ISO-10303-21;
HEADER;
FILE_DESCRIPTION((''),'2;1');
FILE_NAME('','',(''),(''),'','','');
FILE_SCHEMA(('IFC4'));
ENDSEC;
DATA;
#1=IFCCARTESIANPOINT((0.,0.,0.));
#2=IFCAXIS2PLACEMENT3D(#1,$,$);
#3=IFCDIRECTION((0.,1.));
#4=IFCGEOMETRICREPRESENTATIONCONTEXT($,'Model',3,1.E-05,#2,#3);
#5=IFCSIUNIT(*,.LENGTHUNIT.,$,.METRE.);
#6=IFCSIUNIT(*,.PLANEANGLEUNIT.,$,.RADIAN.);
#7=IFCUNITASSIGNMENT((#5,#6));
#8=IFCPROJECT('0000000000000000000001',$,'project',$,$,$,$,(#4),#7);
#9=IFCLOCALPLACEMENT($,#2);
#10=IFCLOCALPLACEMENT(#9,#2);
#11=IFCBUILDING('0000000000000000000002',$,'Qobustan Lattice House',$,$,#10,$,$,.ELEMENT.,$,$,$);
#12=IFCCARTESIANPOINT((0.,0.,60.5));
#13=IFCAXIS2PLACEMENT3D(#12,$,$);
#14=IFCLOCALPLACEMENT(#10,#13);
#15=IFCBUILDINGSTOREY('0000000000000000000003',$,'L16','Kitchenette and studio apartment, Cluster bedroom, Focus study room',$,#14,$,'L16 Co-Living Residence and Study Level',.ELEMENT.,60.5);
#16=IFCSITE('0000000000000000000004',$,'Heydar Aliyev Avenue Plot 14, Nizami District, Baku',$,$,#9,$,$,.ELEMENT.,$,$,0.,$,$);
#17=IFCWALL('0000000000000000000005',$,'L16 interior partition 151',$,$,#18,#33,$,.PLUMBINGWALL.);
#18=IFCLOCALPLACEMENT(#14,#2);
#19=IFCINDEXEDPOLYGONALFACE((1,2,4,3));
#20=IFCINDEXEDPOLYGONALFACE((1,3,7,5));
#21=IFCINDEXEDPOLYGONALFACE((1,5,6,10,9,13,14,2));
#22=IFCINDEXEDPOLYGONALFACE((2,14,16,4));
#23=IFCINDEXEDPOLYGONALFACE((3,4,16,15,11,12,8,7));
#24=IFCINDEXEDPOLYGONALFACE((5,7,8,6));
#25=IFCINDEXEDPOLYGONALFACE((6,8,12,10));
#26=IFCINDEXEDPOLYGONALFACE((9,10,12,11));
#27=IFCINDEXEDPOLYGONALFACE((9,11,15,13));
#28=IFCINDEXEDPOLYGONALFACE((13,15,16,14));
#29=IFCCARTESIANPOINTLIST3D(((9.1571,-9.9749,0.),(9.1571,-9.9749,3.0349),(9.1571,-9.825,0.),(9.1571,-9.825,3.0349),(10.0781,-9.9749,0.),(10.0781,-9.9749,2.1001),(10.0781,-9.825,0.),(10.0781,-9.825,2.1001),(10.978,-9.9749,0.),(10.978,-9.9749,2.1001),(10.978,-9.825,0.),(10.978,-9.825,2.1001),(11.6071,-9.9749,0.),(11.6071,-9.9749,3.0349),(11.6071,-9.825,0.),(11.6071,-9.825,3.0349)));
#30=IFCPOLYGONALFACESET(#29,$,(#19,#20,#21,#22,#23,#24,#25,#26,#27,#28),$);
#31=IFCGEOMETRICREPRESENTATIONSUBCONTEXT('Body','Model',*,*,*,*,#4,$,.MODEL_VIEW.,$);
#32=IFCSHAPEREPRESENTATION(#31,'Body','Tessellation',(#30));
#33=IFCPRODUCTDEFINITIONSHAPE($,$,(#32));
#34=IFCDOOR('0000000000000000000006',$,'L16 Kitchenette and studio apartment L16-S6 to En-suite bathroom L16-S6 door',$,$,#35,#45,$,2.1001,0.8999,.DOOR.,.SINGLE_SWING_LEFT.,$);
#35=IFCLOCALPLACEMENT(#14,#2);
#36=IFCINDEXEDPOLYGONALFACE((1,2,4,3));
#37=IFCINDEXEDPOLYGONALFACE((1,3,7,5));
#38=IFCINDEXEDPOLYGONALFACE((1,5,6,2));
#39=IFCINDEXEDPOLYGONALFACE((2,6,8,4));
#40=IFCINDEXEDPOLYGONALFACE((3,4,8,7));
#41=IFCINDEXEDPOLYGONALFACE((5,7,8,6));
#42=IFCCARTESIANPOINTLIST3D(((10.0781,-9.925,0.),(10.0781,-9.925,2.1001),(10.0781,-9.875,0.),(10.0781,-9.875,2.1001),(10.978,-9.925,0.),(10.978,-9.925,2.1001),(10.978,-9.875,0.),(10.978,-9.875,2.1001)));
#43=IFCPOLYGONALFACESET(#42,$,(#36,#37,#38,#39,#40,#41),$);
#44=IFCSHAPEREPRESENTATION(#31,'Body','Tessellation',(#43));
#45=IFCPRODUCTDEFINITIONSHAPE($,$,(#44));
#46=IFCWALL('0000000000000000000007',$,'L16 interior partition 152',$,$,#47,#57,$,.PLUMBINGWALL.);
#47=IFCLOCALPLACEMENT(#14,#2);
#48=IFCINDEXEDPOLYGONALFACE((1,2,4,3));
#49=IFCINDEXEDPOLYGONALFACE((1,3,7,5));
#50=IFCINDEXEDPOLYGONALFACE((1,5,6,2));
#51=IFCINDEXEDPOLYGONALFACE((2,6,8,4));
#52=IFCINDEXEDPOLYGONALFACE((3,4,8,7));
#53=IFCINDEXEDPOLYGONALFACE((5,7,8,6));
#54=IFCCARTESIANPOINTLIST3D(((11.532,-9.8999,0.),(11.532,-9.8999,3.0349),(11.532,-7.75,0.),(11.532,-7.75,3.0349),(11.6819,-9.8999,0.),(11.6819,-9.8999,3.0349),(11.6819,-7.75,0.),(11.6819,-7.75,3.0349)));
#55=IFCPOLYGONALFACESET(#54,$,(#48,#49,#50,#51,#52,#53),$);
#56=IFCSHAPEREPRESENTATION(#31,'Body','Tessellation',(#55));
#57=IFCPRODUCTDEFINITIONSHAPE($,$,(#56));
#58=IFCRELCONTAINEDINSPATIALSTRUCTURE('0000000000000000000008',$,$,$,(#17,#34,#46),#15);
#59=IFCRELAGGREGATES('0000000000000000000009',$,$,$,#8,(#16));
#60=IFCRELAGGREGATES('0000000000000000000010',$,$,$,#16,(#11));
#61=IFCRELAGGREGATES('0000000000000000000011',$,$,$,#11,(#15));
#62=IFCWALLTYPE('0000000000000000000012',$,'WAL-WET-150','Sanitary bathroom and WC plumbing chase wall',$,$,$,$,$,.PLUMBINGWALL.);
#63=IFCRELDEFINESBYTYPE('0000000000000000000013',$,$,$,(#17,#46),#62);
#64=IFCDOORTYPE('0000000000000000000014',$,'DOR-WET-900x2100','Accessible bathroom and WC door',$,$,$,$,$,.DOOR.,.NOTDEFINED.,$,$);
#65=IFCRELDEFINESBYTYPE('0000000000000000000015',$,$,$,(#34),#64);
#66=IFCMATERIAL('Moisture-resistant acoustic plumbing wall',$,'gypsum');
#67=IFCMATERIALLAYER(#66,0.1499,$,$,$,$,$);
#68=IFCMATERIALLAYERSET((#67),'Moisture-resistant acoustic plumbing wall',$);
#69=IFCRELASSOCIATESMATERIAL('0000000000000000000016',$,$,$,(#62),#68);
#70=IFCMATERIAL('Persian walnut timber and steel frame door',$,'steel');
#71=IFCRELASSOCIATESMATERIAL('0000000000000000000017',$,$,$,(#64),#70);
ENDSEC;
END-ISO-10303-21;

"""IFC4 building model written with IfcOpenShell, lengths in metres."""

from ifc_helpers import new_model, si_unit, direction, frame, frame_2d, origin, place, context, subcontext, project, spatial, rectangle, extrude, material, layer, layer_set, type_object, element, fill, save


model = new_model("IFC4")

# Units and contexts
model_context = context("Model", 3, precision=1e-05, world=origin(), true_north=direction((0.0, 1.0)))
body_context = subcontext(model_context, "Body", "Model", "MODEL_VIEW")
ifc_project = project(units=[si_unit("LENGTHUNIT", "METRE"), si_unit("PLANEANGLEUNIT", "RADIAN")], contexts=[model_context])

# Site, building, storey
site_placement = place(None, origin())
site = spatial("IfcSite", under=ifc_project, at=site_placement, Name="Heydar Aliyev Avenue Plot 14, Nizami District, Baku", CompositionType="ELEMENT", RefElevation=0.0)
building_placement = place(site_placement, origin())
building = spatial("IfcBuilding", under=site, at=building_placement, Name="Qobustan Lattice House", CompositionType="ELEMENT")
storey_placement = place(building_placement, frame((0.0, 0.0, 60.5)))
storey = spatial("IfcBuildingStorey", under=building, at=storey_placement, Name="L16", Description="Kitchenette and studio apartment, Cluster bedroom, Focus study room", LongName="L16 Co-Living Residence and Study Level", CompositionType="ELEMENT", Elevation=60.5)

# Shared definitions
ifc_material_1 = material(Name="Moisture-resistant acoustic plumbing wall", Category="gypsum")
ifc_layer_1 = layer(ifc_material_1, 0.1499)
ifc_layer_set_1 = layer_set([ifc_layer_1], Name="Moisture-resistant acoustic plumbing wall")
wall_type_1 = type_object("IfcWallType", Name="WAL-WET-150", Description="Sanitary bathroom and WC plumbing chase wall", PredefinedType="PLUMBINGWALL", material=ifc_layer_set_1)

# Shared definitions
ifc_material_2 = material(Name="Persian walnut timber and steel frame door", Category="steel")
door_type_1 = type_object("IfcDoorType", Name="DOR-WET-900x2100", Description="Accessible bathroom and WC door", OperationType="NOTDEFINED", PredefinedType="DOOR", material=ifc_material_2)

# Wall, opening, door
wall_1_placement = place(storey_placement, frame((9.157, -9.8999, 0.0), z_axis=(0.0, 0.0, 1.0), x_axis=(1.0, 0.0, 0.0)))
wall_1 = element("IfcWall", 1, at=wall_1_placement, inside=storey, type_object=wall_type_1, Name="L16 interior partition 151", PredefinedType="PLUMBINGWALL", context=body_context, shape_type="SweptSolid", body=[
    extrude(rectangle(XDim=2.45, YDim=0.1499, at=frame_2d((1.2251, 0.0))), origin(), (0.0, 0.0, 1.0), 3.0349),
])
opening_1_placement = place(wall_1_placement, frame((0.9211, 0.0, 0.0)))
opening_1 = element("IfcOpeningElement", 2, at=opening_1_placement, cuts=wall_1, PredefinedType="OPENING", context=body_context, shape_type="SweptSolid", body=[
    extrude(rectangle(XDim=0.8999, YDim=2.1001, at=frame_2d((0.45, 1.05))), frame((0.0, 0.085, 0.0), z_axis=(0.0, -1.0, 0.0), x_axis=(1.0, 0.0, 0.0)), (0.0, 0.0, 1.0), 0.1699),
])
door_1_placement = place(opening_1_placement, origin())
door_1 = element("IfcDoor", 3, at=door_1_placement, inside=storey, type_object=door_type_1, Name="L16 Kitchenette and studio apartment L16-S6 to En-suite bathroom L16-S6 door", OperationType="SINGLE_SWING_LEFT", OverallHeight=2.1001, OverallWidth=0.8999, PredefinedType="DOOR", context=body_context, shape_type="SweptSolid", body=[
    extrude(rectangle(XDim=0.8999, YDim=2.1001, at=frame_2d((0.45, 1.05))), frame((0.0, 0.0249, 0.0), z_axis=(0.0, -1.0, 0.0), x_axis=(1.0, 0.0, 0.0)), (0.0, 0.0, 1.0), 0.05),
])
fill(opening_1, door_1)

# Wall
wall_2_placement = place(storey_placement, frame((11.6069, -9.8999, 0.0), z_axis=(0.0, 0.0, 1.0), x_axis=(0.0, 1.0, 0.0)))
element("IfcWall", 4, at=wall_2_placement, inside=storey, type_object=wall_type_1, Name="L16 interior partition 152", PredefinedType="PLUMBINGWALL", context=body_context, shape_type="SweptSolid", body=[
    extrude(rectangle(XDim=2.1499, YDim=0.1499, at=frame_2d((1.075, 0.0))), origin(), (0.0, 0.0, 1.0), 3.0349),
])

save(model, "model.ifc")
